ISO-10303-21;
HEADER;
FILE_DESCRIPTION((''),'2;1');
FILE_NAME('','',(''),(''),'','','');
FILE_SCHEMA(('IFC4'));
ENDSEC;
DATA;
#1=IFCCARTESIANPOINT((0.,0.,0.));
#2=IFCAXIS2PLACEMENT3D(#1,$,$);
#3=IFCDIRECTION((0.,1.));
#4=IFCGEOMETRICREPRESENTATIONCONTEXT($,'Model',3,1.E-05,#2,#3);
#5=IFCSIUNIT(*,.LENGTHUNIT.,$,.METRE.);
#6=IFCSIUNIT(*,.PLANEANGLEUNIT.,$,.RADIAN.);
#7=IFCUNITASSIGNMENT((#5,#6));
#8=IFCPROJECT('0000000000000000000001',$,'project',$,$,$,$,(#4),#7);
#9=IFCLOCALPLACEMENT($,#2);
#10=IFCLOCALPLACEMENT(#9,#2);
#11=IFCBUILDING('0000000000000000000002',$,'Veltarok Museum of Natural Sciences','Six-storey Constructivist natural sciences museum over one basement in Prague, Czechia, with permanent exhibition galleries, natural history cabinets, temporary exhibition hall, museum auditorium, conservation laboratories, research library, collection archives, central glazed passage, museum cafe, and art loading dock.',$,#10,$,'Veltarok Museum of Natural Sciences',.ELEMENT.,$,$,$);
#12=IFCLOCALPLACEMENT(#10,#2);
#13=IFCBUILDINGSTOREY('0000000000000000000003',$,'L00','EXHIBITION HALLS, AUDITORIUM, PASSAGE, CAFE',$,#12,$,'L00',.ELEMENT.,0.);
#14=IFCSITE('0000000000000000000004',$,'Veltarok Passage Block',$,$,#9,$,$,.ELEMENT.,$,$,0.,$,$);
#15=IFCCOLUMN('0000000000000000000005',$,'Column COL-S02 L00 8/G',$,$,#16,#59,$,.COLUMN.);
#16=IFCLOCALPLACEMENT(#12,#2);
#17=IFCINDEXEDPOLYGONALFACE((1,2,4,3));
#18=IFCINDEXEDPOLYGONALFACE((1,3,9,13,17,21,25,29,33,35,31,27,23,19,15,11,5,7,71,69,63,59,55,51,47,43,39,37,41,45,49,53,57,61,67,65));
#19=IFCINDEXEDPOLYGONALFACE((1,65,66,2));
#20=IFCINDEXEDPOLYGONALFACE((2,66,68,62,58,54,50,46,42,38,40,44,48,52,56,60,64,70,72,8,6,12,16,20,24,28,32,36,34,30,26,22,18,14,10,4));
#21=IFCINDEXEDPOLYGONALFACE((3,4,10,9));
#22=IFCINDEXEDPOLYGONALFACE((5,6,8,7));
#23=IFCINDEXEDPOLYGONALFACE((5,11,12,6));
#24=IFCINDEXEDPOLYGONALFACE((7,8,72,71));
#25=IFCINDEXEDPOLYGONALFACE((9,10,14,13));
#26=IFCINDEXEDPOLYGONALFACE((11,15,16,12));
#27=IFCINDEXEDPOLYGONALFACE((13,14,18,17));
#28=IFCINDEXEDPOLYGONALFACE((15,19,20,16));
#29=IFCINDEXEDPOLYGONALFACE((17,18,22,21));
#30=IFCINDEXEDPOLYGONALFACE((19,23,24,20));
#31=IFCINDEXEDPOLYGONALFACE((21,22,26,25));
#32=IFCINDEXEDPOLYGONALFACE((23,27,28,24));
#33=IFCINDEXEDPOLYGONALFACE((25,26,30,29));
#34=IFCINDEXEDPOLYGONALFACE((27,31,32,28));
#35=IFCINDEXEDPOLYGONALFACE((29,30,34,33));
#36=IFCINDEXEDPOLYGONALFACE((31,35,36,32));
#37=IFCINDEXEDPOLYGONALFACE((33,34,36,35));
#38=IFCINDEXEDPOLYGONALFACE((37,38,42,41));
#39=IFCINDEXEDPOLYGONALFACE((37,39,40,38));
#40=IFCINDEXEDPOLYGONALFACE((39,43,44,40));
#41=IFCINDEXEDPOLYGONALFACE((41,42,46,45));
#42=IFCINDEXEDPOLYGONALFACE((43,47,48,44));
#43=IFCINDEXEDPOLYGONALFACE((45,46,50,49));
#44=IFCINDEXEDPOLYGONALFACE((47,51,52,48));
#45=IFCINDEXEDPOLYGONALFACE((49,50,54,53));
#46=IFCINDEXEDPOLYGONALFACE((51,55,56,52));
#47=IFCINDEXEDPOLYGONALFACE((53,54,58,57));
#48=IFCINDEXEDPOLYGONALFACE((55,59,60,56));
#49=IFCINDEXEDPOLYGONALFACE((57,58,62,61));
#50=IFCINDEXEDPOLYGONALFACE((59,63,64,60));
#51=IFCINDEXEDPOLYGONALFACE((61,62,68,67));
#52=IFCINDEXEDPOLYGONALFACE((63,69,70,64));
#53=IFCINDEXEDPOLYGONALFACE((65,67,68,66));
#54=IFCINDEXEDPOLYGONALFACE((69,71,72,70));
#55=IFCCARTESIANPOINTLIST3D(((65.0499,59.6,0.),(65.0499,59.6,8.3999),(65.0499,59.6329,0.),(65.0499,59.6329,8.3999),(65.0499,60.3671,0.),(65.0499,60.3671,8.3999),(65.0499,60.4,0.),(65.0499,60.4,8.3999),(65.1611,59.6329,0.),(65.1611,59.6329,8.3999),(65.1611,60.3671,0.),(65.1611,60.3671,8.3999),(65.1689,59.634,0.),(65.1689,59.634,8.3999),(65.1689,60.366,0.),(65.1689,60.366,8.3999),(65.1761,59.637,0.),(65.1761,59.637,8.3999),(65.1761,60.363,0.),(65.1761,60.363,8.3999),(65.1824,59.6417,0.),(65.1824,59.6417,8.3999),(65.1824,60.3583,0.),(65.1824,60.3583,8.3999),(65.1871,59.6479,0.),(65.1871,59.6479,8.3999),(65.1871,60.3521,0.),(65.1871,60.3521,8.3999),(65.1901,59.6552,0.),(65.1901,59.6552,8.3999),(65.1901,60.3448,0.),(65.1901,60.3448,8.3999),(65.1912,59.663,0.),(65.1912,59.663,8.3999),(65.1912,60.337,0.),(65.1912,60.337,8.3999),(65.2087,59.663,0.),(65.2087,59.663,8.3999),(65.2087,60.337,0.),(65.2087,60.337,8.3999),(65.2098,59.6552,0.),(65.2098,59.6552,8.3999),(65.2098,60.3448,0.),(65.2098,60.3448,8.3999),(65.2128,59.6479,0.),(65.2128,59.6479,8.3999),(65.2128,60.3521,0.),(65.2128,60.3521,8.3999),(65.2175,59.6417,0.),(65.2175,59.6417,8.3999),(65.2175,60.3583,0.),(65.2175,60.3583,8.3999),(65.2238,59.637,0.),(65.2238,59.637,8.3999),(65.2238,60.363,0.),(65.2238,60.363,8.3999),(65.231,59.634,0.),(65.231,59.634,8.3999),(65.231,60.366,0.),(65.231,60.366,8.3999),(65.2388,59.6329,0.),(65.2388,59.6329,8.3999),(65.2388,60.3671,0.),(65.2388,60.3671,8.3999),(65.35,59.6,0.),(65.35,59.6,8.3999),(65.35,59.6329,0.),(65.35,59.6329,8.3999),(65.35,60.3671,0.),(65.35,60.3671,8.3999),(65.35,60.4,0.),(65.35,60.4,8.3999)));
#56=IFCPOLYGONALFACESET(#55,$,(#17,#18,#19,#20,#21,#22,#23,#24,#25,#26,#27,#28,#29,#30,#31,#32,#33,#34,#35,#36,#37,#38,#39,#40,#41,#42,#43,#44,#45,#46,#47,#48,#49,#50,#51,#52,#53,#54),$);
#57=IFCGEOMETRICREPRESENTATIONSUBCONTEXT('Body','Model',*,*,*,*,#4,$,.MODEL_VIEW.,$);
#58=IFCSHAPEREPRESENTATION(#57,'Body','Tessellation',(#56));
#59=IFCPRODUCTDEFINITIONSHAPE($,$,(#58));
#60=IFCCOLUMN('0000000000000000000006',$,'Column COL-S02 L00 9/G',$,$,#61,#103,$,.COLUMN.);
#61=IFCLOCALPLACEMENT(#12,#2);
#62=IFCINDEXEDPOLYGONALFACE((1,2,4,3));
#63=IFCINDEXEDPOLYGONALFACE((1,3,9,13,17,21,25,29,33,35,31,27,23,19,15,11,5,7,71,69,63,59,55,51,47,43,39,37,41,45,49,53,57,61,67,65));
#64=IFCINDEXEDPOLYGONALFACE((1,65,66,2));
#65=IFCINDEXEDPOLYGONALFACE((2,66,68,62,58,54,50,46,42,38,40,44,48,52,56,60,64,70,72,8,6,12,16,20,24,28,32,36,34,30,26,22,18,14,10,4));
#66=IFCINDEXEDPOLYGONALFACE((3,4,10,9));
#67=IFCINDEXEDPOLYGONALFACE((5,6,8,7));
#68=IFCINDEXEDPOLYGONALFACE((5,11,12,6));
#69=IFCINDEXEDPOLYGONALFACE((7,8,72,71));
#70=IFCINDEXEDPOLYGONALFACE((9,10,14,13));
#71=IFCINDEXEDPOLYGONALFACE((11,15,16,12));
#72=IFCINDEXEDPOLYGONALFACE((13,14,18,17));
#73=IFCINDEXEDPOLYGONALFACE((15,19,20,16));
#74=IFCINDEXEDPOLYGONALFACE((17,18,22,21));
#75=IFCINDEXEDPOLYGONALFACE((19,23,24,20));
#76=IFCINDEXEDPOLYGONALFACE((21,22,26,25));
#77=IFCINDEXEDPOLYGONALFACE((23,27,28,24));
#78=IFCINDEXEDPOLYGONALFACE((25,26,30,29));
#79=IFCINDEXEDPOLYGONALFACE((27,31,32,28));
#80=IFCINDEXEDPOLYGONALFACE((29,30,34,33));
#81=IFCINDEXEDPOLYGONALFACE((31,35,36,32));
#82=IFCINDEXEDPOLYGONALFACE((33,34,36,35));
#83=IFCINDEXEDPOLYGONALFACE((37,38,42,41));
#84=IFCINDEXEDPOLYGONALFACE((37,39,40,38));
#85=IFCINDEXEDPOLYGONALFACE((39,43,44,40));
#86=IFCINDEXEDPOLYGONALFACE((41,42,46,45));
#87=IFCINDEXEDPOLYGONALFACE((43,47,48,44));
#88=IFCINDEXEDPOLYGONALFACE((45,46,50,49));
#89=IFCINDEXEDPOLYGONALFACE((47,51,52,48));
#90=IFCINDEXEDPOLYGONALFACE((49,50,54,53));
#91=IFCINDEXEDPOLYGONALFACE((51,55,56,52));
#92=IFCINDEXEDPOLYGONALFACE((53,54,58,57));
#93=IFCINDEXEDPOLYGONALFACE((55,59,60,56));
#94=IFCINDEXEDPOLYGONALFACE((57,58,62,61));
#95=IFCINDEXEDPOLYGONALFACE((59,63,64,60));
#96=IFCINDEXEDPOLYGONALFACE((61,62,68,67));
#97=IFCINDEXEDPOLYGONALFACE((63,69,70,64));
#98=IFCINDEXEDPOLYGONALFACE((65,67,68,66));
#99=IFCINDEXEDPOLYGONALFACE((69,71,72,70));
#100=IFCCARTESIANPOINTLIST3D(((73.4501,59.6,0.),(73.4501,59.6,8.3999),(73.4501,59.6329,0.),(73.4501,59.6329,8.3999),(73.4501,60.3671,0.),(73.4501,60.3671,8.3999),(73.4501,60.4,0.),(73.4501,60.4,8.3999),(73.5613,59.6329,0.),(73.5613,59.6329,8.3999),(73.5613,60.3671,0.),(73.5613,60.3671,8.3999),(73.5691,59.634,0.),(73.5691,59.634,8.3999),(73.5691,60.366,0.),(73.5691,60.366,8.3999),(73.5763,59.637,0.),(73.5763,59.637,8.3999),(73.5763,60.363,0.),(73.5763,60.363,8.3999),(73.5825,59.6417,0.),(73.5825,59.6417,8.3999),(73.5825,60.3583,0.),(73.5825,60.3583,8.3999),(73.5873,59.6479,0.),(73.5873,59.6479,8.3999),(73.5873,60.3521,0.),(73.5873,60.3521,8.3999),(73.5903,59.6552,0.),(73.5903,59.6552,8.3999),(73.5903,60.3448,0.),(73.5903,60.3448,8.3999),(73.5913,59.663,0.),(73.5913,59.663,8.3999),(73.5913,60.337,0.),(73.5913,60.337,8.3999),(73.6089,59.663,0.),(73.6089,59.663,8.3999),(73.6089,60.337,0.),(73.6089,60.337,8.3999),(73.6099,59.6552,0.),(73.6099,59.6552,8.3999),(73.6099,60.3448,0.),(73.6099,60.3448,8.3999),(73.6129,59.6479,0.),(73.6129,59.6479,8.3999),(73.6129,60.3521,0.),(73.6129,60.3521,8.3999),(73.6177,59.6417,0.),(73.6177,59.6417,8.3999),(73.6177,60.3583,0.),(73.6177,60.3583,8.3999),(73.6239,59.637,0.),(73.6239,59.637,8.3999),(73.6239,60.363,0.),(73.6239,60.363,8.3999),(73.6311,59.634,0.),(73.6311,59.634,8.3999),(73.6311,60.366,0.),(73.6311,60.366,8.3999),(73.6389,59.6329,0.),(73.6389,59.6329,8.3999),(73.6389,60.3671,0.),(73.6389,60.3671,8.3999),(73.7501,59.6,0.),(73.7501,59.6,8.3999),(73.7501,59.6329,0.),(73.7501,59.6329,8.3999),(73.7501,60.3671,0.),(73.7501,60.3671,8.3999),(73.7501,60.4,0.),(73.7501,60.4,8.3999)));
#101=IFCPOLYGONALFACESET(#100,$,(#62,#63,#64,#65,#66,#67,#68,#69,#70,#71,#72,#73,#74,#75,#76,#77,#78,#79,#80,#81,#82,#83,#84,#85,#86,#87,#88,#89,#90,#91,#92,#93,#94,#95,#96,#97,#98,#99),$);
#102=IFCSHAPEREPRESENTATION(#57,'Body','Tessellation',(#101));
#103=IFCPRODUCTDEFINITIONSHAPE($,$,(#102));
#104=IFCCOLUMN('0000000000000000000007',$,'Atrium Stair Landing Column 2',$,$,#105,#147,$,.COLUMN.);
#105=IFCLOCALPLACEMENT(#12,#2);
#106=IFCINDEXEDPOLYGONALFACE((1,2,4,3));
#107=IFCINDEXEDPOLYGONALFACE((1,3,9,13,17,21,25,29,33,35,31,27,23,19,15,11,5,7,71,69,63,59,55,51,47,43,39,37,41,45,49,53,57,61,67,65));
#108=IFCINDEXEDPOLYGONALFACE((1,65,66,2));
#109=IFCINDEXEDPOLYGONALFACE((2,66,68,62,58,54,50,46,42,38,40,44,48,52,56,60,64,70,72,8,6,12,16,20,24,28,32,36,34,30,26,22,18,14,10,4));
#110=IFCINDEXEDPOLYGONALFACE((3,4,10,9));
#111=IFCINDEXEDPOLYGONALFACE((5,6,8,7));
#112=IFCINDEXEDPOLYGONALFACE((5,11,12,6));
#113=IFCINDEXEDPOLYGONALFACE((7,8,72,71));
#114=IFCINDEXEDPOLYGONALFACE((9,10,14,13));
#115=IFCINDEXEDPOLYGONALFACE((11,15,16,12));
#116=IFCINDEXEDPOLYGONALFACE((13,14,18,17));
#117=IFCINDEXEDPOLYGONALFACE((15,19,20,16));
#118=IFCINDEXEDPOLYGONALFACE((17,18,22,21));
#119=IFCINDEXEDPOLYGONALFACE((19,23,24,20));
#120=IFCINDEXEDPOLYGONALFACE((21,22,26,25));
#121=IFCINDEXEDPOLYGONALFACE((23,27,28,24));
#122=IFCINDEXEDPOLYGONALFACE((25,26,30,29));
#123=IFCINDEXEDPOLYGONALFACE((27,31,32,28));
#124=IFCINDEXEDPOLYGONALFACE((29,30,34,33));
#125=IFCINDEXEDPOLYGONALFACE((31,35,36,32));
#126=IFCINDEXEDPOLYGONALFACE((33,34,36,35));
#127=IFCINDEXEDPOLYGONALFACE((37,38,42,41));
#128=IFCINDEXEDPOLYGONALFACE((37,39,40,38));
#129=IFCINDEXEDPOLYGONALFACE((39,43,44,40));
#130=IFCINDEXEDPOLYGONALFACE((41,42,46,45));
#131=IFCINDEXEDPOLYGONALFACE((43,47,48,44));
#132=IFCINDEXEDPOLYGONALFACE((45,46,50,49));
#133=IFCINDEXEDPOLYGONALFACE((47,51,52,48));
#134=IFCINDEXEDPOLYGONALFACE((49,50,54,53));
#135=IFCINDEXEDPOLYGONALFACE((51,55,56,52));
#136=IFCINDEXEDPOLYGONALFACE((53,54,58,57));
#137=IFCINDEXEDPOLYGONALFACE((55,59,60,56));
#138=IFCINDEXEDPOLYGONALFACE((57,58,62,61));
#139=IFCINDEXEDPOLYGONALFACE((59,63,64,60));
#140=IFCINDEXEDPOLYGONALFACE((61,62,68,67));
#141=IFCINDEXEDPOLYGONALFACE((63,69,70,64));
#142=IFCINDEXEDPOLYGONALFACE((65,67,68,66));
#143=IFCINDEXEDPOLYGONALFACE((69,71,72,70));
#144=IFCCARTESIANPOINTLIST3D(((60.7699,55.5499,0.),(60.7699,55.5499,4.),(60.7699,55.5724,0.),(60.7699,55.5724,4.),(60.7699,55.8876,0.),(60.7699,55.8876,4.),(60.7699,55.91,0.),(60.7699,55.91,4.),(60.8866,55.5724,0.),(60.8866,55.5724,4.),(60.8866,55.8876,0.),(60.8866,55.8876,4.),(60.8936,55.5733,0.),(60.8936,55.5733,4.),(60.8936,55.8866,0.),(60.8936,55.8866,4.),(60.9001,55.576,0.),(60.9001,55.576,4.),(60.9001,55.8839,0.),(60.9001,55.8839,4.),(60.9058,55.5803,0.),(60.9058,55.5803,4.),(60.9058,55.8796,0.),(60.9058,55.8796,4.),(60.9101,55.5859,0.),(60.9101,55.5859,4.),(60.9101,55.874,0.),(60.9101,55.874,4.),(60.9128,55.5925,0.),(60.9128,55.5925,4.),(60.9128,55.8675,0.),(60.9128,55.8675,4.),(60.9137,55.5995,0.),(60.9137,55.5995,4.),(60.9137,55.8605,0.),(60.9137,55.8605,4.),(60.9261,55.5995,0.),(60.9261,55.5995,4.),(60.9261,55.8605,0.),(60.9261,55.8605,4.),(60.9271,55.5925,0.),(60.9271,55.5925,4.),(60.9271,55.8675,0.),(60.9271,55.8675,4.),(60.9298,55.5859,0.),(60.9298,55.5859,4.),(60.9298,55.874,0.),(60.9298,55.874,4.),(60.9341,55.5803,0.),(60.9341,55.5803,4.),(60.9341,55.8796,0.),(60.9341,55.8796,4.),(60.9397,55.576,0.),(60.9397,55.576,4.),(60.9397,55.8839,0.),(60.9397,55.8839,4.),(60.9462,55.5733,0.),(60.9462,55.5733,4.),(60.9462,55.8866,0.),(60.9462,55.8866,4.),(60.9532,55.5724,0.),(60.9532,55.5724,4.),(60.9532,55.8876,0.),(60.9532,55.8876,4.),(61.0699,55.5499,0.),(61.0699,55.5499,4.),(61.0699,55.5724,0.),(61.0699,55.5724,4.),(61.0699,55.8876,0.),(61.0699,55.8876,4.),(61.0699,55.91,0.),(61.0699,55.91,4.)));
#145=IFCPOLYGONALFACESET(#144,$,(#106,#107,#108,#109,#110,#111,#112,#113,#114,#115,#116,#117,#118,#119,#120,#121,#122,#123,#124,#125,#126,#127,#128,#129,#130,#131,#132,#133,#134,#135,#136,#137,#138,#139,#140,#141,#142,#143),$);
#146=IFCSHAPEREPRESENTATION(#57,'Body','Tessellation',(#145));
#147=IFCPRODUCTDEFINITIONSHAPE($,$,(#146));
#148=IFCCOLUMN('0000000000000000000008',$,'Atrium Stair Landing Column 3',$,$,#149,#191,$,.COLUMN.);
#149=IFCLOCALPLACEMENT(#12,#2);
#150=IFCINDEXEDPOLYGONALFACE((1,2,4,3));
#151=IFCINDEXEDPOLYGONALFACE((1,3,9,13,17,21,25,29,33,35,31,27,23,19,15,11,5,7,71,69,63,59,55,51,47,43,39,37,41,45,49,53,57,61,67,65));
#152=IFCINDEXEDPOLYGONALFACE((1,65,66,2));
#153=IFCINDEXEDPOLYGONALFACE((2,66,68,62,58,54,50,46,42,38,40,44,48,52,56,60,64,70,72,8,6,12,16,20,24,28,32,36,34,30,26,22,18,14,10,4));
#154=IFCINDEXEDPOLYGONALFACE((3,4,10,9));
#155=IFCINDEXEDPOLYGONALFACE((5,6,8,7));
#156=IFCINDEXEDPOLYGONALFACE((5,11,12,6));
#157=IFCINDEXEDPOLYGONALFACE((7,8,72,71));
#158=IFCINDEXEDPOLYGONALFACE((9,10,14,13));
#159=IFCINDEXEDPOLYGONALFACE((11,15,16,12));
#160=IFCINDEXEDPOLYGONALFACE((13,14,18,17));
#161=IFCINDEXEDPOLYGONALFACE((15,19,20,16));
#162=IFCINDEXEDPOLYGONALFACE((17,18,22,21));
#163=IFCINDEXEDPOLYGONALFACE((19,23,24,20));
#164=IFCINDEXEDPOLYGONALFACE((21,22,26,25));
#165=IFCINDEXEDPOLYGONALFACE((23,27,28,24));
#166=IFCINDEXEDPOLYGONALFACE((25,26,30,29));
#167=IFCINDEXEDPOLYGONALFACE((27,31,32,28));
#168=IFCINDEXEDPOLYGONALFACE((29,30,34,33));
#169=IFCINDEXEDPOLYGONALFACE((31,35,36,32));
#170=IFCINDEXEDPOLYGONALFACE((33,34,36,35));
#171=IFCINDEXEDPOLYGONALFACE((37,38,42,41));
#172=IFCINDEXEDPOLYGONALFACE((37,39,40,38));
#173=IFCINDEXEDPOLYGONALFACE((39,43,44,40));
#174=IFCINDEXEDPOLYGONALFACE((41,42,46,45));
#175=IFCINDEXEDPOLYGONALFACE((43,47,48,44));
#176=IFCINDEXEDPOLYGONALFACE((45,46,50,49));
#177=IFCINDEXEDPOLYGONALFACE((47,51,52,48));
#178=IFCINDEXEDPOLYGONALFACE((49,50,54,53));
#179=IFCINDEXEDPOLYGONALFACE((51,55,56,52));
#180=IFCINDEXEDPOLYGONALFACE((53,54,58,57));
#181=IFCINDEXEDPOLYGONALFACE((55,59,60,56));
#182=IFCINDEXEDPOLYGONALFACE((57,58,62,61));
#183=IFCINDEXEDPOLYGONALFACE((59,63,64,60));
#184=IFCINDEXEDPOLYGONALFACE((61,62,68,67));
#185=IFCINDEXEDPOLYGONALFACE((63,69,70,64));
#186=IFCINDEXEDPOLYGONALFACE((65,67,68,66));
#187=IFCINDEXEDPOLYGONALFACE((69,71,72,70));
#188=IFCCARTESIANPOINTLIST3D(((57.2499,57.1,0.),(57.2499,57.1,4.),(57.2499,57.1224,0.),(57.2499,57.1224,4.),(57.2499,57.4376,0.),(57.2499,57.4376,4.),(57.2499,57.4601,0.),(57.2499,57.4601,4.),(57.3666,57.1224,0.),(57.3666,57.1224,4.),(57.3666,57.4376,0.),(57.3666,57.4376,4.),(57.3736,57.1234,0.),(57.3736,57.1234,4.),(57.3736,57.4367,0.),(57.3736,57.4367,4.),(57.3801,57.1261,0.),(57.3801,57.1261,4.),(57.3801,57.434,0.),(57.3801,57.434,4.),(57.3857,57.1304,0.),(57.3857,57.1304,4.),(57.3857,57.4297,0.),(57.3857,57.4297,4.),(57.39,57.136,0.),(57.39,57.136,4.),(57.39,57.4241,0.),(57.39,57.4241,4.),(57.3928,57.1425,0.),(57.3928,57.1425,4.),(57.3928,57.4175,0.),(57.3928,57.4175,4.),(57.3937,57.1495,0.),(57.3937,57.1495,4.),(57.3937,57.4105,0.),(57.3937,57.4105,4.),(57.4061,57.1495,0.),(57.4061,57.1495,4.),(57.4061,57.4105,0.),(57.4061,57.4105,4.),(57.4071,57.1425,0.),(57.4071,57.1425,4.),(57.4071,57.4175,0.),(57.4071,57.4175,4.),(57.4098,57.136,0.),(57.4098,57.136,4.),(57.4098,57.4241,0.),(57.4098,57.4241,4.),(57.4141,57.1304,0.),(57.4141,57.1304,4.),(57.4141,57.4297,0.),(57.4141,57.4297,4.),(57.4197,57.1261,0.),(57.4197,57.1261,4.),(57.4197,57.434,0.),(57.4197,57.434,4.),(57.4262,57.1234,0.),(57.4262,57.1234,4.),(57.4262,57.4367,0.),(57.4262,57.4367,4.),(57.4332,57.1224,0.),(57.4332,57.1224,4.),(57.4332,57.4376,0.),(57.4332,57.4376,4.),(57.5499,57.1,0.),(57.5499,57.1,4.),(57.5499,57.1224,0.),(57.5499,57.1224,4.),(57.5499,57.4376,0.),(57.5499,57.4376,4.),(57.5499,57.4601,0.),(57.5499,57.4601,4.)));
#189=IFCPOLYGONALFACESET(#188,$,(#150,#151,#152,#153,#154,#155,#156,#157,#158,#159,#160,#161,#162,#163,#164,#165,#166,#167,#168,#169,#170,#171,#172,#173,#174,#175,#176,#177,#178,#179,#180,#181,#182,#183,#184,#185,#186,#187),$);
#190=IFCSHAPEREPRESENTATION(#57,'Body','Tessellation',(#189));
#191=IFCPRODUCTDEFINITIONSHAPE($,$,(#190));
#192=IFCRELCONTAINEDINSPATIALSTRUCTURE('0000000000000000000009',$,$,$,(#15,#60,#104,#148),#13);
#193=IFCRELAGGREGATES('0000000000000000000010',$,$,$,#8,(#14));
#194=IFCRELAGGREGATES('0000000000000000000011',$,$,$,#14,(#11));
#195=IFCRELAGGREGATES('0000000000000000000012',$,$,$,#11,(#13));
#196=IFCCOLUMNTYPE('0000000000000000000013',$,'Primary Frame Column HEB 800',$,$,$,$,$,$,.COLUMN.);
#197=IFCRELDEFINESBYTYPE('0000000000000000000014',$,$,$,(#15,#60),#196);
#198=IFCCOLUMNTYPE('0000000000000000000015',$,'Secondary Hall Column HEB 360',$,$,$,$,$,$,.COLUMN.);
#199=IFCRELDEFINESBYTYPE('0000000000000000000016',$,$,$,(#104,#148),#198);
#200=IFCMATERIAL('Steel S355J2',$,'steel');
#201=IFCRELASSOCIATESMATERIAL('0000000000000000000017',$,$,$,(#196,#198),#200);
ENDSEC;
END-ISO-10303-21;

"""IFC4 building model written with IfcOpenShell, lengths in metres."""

from ifc_helpers import new_model, si_unit, direction, frame, origin, origin_2d, place, context, subcontext, project, spatial, i_section, extrude, material, material_profile, profile_set, type_object, element, save


model = new_model("IFC4")

# Units and contexts
model_context = context("Model", 3, precision=1e-05, world=origin(), true_north=direction((0.0, 1.0)))
body_context = subcontext(model_context, "Body", "Model", "MODEL_VIEW")
ifc_project = project(units=[si_unit("LENGTHUNIT", "METRE"), si_unit("PLANEANGLEUNIT", "RADIAN")], contexts=[model_context])

# Site, building, storey
site_placement = place(None, origin())
site = spatial("IfcSite", under=ifc_project, at=site_placement, Name="Veltarok Passage Block", CompositionType="ELEMENT", RefElevation=0.0)
building_placement = place(site_placement, origin())
building = spatial("IfcBuilding", under=site, at=building_placement, Name="Veltarok Museum of Natural Sciences", Description="Six-storey Constructivist natural sciences museum over one basement in Prague, Czechia, with permanent exhibition galleries, natural history cabinets, temporary exhibition hall, museum auditorium, conservation laboratories, research library, collection archives, central glazed passage, museum cafe, and art loading dock.", LongName="Veltarok Museum of Natural Sciences", CompositionType="ELEMENT")
storey_placement = place(building_placement, origin())
storey = spatial("IfcBuildingStorey", under=building, at=storey_placement, Name="L00", Description="EXHIBITION HALLS, AUDITORIUM, PASSAGE, CAFE", LongName="L00", CompositionType="ELEMENT", Elevation=0.0)

# Columns
ifc_material_1 = material(Name="Steel S355J2", Category="steel")
ifc_material_profile_1 = material_profile(ifc_material_1, i_section(OverallWidth=0.3, OverallDepth=0.8, WebThickness=0.0176, FlangeThickness=0.033, FilletRadius=0.03, at=origin_2d()), Name="HEB 800")
ifc_profile_set_1 = profile_set([ifc_material_profile_1], Name="Steel S355J2")
column_type_1 = type_object("IfcColumnType", Name="Primary Frame Column HEB 800", PredefinedType="COLUMN", material=ifc_profile_set_1)
for number, where, z_axis, x_axis, name in (
    (1, (65.2, 60.0, 0.0), (0.0, 0.0, 1.0), (1.0, 0.0, 0.0), "Column COL-S02 L00 8/G"),
    (2, (73.6001, 60.0, 0.0), (0.0, 0.0, 1.0), (1.0, 0.0, 0.0), "Column COL-S02 L00 9/G"),
):
    element("IfcColumn", number, at=place(storey_placement, frame(where, z_axis=z_axis, x_axis=x_axis)), inside=storey, type_object=column_type_1, Name=name, PredefinedType="COLUMN", context=body_context, shape_type="SweptSolid", body=[
        extrude(i_section(OverallWidth=0.3, OverallDepth=0.8, WebThickness=0.0176, FlangeThickness=0.033, FilletRadius=0.03, at=origin_2d()), origin(), (0.0, 0.0, 1.0), 8.3999),
    ])
ifc_material_profile_2 = material_profile(ifc_material_1, i_section(OverallWidth=0.3, OverallDepth=0.3601, WebThickness=0.0125, FlangeThickness=0.0225, FilletRadius=0.0271, at=origin_2d()), Name="HEB 360")
ifc_profile_set_2 = profile_set([ifc_material_profile_2], Name="Steel S355J2")
column_type_2 = type_object("IfcColumnType", Name="Secondary Hall Column HEB 360", PredefinedType="COLUMN", material=ifc_profile_set_2)
for number, where, z_axis, x_axis, name in (
    (3, (60.9199, 55.73, 0.0), (0.0, 0.0, 1.0), (1.0, 0.0, 0.0), "Atrium Stair Landing Column 2"),
    (4, (57.3999, 57.28, 0.0), (0.0, 0.0, 1.0), (1.0, 0.0, 0.0), "Atrium Stair Landing Column 3"),
):
    element("IfcColumn", number, at=place(storey_placement, frame(where, z_axis=z_axis, x_axis=x_axis)), inside=storey, type_object=column_type_2, Name=name, PredefinedType="COLUMN", context=body_context, shape_type="SweptSolid", body=[
        extrude(i_section(OverallWidth=0.3, OverallDepth=0.3601, WebThickness=0.0125, FlangeThickness=0.0225, FilletRadius=0.0271, at=origin_2d()), origin(), (0.0, 0.0, 1.0), 4.0),
    ])

save(model, "model.ifc")
